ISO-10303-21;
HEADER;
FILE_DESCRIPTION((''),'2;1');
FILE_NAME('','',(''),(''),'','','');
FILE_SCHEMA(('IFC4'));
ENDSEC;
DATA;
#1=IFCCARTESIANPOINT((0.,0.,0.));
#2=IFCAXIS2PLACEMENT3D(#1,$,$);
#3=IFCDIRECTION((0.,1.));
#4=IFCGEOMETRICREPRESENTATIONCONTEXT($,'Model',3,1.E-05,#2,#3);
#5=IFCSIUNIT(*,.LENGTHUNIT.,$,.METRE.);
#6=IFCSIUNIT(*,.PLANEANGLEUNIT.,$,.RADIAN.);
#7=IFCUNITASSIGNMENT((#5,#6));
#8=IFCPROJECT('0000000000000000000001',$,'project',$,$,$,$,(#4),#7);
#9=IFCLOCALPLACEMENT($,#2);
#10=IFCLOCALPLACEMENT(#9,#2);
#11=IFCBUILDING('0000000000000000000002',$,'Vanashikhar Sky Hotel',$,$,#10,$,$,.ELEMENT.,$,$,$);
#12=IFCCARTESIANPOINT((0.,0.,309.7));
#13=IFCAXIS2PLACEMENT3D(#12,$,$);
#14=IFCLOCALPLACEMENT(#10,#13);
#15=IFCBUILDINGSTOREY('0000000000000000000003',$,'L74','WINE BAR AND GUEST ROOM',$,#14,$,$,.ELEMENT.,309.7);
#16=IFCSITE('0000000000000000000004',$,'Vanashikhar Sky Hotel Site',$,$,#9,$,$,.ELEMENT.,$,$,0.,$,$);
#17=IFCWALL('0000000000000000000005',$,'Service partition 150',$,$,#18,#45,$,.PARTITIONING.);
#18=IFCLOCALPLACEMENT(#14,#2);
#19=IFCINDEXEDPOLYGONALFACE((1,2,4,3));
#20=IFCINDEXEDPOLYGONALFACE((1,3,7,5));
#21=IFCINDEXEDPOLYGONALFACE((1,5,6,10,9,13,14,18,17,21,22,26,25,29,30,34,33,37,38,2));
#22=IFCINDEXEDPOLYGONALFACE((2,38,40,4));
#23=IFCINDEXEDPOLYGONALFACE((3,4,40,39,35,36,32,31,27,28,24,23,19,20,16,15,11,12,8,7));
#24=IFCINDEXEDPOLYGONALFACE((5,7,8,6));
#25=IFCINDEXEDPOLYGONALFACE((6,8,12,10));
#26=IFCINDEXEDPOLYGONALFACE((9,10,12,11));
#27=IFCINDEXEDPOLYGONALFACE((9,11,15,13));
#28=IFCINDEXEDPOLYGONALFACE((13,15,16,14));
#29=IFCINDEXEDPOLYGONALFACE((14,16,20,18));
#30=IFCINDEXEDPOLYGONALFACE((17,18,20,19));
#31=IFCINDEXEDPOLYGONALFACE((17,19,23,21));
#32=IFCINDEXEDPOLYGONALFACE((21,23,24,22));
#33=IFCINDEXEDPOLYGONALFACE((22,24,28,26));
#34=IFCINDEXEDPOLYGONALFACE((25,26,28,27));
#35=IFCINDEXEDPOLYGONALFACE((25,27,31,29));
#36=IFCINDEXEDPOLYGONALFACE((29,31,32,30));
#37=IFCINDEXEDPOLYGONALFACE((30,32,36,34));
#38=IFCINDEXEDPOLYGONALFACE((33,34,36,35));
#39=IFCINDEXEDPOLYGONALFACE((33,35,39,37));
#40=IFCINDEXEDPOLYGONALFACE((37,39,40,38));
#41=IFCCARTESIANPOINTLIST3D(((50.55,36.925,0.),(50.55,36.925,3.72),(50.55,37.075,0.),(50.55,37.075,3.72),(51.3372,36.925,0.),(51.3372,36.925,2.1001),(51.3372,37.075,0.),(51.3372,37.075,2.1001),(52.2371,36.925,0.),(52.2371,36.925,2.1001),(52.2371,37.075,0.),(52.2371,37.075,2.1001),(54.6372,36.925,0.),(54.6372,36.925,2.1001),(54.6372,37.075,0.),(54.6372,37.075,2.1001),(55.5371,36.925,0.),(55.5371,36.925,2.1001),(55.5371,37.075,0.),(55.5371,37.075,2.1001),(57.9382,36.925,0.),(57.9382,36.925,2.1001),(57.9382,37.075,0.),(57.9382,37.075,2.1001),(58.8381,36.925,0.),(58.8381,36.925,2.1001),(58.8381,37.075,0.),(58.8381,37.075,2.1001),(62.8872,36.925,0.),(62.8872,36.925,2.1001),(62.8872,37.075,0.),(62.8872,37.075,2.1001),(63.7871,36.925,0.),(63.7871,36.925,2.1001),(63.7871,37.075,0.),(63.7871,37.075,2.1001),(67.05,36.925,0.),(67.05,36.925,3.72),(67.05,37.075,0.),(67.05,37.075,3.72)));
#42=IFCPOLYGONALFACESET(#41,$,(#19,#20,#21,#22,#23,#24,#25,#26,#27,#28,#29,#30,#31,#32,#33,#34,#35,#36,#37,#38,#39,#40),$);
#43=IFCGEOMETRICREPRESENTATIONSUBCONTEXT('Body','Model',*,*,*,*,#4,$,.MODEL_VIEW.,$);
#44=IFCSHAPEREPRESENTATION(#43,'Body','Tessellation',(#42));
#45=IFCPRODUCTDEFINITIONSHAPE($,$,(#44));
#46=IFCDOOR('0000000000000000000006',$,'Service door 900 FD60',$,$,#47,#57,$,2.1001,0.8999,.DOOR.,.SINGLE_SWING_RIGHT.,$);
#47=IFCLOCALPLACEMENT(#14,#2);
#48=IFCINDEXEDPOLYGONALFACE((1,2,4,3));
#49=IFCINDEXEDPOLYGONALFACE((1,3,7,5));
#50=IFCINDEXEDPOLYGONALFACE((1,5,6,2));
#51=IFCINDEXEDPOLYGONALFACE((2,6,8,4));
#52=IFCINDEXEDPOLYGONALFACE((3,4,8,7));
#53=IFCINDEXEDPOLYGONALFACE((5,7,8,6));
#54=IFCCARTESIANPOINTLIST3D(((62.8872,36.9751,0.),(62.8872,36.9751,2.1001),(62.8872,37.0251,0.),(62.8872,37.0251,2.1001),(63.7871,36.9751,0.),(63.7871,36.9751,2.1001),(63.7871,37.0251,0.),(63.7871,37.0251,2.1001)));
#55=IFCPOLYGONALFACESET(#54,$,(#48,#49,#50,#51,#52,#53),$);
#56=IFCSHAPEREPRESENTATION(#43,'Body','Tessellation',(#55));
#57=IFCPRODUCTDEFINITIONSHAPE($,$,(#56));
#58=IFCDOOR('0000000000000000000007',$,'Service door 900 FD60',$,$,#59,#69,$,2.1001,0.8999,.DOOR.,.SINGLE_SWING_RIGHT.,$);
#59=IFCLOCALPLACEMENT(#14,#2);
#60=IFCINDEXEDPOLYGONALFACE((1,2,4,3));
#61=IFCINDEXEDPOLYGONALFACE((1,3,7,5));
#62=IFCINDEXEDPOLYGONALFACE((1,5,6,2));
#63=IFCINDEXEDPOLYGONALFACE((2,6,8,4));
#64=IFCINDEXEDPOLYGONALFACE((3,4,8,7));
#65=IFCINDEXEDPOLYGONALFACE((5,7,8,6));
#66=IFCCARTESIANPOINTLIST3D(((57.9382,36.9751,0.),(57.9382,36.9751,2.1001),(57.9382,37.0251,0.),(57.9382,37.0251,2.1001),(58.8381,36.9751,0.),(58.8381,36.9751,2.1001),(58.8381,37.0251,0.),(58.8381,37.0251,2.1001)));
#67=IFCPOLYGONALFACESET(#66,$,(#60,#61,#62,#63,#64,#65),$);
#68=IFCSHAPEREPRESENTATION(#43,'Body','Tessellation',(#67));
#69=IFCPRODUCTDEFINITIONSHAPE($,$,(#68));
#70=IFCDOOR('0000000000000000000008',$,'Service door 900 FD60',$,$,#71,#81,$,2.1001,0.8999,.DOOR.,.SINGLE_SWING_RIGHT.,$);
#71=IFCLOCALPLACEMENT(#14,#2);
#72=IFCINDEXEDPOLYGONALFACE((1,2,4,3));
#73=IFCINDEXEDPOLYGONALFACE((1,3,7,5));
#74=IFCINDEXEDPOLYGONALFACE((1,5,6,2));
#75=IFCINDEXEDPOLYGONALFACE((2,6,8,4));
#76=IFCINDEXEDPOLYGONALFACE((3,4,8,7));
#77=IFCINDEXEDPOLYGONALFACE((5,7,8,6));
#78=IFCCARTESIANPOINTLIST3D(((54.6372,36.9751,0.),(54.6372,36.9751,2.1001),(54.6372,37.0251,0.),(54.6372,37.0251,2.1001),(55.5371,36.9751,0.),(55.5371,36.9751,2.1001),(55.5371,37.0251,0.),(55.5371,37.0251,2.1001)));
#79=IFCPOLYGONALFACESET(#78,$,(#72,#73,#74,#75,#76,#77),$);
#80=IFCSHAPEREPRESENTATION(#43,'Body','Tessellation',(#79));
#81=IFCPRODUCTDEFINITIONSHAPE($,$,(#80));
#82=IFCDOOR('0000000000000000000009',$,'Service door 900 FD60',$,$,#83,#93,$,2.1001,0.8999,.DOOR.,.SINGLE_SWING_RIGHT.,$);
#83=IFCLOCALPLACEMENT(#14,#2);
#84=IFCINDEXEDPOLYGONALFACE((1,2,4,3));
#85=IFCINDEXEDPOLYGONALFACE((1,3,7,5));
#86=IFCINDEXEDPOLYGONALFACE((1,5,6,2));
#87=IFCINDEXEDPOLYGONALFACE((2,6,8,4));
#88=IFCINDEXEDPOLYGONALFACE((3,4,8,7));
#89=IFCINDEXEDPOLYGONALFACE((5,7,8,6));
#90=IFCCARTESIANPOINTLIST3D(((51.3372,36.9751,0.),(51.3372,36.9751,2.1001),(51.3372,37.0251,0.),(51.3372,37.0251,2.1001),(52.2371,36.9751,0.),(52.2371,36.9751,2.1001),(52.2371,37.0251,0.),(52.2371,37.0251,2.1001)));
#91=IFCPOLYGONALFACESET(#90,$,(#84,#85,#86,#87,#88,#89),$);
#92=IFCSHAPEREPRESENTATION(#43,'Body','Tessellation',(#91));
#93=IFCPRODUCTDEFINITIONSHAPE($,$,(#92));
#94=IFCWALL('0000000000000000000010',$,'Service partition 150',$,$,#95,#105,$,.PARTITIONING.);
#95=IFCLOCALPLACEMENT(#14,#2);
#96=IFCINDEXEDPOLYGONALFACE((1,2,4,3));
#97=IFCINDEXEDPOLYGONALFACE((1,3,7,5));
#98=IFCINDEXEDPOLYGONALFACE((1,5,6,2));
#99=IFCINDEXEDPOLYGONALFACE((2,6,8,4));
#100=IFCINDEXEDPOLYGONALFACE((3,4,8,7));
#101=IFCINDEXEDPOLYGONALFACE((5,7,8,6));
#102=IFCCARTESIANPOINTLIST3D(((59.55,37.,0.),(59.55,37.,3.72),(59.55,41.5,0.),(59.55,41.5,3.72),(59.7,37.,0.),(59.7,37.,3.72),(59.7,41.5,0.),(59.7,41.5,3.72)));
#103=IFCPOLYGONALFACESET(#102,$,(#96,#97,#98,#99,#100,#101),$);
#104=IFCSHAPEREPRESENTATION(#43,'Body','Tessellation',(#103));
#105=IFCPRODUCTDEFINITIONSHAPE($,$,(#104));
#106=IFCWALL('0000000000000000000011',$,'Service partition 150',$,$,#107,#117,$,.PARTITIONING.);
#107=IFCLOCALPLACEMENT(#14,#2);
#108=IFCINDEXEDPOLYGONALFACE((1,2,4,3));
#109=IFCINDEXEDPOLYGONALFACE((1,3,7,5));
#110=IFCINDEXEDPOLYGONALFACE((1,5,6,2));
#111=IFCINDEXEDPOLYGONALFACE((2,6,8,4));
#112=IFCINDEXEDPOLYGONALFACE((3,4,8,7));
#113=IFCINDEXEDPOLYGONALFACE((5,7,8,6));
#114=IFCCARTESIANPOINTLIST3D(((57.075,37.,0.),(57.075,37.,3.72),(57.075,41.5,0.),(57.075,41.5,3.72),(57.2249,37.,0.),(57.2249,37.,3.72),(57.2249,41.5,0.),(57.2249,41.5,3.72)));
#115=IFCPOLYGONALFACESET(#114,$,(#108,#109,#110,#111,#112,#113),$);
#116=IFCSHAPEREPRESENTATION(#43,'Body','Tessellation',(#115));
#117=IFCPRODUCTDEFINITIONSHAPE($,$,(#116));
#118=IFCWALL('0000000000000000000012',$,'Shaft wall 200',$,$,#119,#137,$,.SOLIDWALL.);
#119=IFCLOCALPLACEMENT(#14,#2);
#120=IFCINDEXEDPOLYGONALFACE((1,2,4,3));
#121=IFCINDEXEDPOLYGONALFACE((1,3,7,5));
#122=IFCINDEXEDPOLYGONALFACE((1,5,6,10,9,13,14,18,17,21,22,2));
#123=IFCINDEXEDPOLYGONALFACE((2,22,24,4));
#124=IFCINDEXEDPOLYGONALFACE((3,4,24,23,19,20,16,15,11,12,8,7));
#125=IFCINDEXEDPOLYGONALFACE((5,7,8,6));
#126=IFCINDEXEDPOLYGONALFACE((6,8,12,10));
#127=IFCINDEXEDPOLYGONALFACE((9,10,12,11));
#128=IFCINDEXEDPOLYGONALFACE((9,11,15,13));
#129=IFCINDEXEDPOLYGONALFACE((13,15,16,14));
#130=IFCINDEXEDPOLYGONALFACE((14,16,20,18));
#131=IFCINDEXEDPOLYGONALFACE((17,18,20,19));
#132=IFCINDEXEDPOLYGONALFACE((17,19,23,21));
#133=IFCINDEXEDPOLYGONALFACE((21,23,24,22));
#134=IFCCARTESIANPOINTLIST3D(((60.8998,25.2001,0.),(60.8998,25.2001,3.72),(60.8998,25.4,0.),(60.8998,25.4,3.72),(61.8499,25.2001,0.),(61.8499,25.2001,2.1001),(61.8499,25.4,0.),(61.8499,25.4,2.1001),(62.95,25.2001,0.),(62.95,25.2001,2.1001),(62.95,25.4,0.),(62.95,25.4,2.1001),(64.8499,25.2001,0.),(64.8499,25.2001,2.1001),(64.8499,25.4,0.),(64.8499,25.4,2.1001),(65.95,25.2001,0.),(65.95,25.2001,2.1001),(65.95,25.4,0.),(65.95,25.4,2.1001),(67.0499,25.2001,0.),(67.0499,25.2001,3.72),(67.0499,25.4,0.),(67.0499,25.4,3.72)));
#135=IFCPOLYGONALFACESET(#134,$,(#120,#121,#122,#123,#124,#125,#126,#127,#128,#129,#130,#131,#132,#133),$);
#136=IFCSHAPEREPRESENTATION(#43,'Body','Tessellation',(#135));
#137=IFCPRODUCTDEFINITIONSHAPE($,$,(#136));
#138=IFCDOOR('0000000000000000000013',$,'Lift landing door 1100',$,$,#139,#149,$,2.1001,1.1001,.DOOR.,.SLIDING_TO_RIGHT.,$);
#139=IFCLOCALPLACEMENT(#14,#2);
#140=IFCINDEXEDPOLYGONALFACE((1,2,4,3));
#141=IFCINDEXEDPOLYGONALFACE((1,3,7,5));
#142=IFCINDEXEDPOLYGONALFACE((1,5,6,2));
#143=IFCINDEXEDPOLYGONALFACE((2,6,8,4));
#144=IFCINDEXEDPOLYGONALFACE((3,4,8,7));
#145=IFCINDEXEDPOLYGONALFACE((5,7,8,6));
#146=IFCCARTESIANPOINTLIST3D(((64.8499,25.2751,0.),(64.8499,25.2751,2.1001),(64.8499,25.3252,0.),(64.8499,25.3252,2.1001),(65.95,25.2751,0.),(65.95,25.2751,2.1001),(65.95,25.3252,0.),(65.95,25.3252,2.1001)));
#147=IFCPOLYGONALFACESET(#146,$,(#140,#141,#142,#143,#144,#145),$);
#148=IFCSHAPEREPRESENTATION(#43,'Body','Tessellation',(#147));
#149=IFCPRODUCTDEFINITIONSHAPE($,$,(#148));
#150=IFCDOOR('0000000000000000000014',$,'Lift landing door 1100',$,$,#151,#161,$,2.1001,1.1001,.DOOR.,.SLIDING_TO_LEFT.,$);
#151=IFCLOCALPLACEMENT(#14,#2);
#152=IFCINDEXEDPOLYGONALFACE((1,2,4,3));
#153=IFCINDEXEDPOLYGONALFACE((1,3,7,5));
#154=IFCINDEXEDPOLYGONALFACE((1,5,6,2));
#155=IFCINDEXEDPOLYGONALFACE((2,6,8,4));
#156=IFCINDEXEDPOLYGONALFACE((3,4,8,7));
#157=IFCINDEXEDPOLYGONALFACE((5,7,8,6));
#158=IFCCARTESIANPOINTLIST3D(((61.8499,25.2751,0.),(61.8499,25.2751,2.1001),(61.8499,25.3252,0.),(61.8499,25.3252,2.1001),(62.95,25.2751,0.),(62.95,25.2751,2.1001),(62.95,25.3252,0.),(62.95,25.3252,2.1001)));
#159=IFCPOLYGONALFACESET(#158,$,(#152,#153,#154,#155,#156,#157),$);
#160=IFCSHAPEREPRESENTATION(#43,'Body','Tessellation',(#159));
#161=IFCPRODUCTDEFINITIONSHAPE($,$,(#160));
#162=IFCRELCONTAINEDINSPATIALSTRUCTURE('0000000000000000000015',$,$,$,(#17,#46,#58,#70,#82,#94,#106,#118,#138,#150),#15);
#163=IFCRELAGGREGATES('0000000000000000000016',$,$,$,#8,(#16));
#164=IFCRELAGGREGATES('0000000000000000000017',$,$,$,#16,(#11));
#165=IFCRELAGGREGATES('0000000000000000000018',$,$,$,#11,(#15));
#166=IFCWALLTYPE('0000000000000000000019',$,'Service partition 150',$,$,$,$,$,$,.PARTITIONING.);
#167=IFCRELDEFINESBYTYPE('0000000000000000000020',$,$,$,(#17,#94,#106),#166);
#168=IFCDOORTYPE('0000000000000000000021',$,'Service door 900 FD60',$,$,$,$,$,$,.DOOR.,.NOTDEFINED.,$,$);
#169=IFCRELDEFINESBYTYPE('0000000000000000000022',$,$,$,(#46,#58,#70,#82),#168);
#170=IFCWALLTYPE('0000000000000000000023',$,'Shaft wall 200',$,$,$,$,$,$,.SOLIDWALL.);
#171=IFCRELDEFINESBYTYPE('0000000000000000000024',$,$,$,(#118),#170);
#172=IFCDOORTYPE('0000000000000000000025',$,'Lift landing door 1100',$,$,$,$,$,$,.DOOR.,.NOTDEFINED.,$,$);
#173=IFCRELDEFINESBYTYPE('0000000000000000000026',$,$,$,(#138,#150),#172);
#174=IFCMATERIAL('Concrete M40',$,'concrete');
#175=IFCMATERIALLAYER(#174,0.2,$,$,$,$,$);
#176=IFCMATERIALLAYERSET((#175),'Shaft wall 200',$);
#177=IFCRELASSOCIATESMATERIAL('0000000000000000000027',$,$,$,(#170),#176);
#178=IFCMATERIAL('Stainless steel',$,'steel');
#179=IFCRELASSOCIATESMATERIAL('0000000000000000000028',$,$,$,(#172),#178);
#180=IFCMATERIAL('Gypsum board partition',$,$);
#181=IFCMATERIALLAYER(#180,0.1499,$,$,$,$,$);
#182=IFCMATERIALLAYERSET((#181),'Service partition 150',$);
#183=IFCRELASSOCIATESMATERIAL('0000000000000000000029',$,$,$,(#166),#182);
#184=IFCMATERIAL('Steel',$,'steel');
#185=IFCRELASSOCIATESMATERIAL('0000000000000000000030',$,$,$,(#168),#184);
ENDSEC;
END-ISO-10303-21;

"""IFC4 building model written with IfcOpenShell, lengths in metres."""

from ifc_helpers import new_model, si_unit, direction, frame, frame_2d, origin, place, context, subcontext, project, spatial, rectangle, extrude, source, transform, mapped, material, layer, layer_set, type_object, element, fill, save


model = new_model("IFC4")

# Units and contexts
model_context = context("Model", 3, precision=1e-05, world=origin(), true_north=direction((0.0, 1.0)))
body_context = subcontext(model_context, "Body", "Model", "MODEL_VIEW")
ifc_project = project(units=[si_unit("LENGTHUNIT", "METRE"), si_unit("PLANEANGLEUNIT", "RADIAN")], contexts=[model_context])

# Site, building, storey
site_placement = place(None, origin())
site = spatial("IfcSite", under=ifc_project, at=site_placement, Name="Vanashikhar Sky Hotel Site", CompositionType="ELEMENT", RefElevation=0.0)
building_placement = place(site_placement, origin())
building = spatial("IfcBuilding", under=site, at=building_placement, Name="Vanashikhar Sky Hotel", CompositionType="ELEMENT")
storey_placement = place(building_placement, frame((0.0, 0.0, 309.7)))
storey = spatial("IfcBuildingStorey", under=building, at=storey_placement, Name="L74", Description="WINE BAR AND GUEST ROOM", CompositionType="ELEMENT", Elevation=309.7)

# Shared definitions
ifc_material_1 = material(Name="Concrete M40", Category="concrete")
ifc_layer_1 = layer(ifc_material_1, 0.2)
ifc_layer_set_1 = layer_set([ifc_layer_1], Name="Shaft wall 200")
wall_type_1 = type_object("IfcWallType", Name="Shaft wall 200", PredefinedType="SOLIDWALL", material=ifc_layer_set_1)
shared_shape_1 = source(origin(), body_context, "Body", "SweptSolid", [
    extrude(rectangle(XDim=1.1001, YDim=2.1001, at=frame_2d((0.55, 1.05))), frame((0.0, 0.1099, 0.0), z_axis=(0.0, -1.0, 0.0), x_axis=(1.0, 0.0, 0.0)), (0.0, 0.0, 1.0), 0.22),
])
ifc_material_2 = material(Name="Stainless steel", Category="steel")
door_type_1 = type_object("IfcDoorType", Name="Lift landing door 1100", OperationType="NOTDEFINED", PredefinedType="DOOR", material=ifc_material_2)
shared_shape_2 = source(origin(), body_context, "Body", "SweptSolid", [
    extrude(rectangle(XDim=1.1001, YDim=2.1001, at=frame_2d((0.55, 1.05))), frame((0.0, 0.0249, 0.0), z_axis=(0.0, -1.0, 0.0), x_axis=(1.0, 0.0, 0.0)), (0.0, 0.0, 1.0), 0.05),
])

# Shared definitions
ifc_material_3 = material(Name="Gypsum board partition")
ifc_layer_2 = layer(ifc_material_3, 0.1499)
ifc_layer_set_2 = layer_set([ifc_layer_2], Name="Service partition 150")
wall_type_2 = type_object("IfcWallType", Name="Service partition 150", PredefinedType="PARTITIONING", material=ifc_layer_set_2)
shared_shape_3 = source(origin(), body_context, "Body", "SweptSolid", [
    extrude(rectangle(XDim=0.8999, YDim=2.1001, at=frame_2d((0.45, 1.05))), frame((0.0, 0.085, 0.0), z_axis=(0.0, -1.0, 0.0), x_axis=(1.0, 0.0, 0.0)), (0.0, 0.0, 1.0), 0.1699),
])
ifc_material_4 = material(Name="Steel", Category="steel")
door_type_2 = type_object("IfcDoorType", Name="Service door 900 FD60", OperationType="NOTDEFINED", PredefinedType="DOOR", material=ifc_material_4)
shared_shape_4 = source(origin(), body_context, "Body", "SweptSolid", [
    extrude(rectangle(XDim=0.8999, YDim=2.1001, at=frame_2d((0.45, 1.05))), frame((0.0, 0.0249, 0.0), z_axis=(0.0, -1.0, 0.0), x_axis=(1.0, 0.0, 0.0)), (0.0, 0.0, 1.0), 0.05),
])

# Wall, openings, doors
shared_shape_5 = source(origin(), body_context, "Body", "SweptSolid", [
    extrude(rectangle(XDim=16.5, YDim=0.1499, at=frame_2d((8.25, 0.0))), origin(), (0.0, 0.0, 1.0), 3.72),
])
wall_1_placement = place(storey_placement, frame((67.05, 37.0, 0.0), z_axis=(0.0, 0.0, 1.0), x_axis=(-1.0, 0.0, 0.0)))
wall_1 = element("IfcWall", 1, at=wall_1_placement, inside=storey, type_object=wall_type_2, Name="Service partition 150", PredefinedType="PARTITIONING", context=body_context, shape_type="MappedRepresentation", body=[
    mapped(shared_shape_5, transform((0.0, 0.0, 0.0), scale=1.0)),
])
opening_1_placement = place(wall_1_placement, frame((3.2629, 0.0, 0.0)))
opening_1 = element("IfcOpeningElement", 2, at=opening_1_placement, cuts=wall_1, PredefinedType="OPENING", context=body_context, shape_type="MappedRepresentation", body=[
    mapped(shared_shape_3, transform((0.0, 0.0, 0.0), scale=1.0)),
])
opening_2_placement = place(wall_1_placement, frame((8.2119, 0.0, 0.0)))
opening_2 = element("IfcOpeningElement", 3, at=opening_2_placement, cuts=wall_1, PredefinedType="OPENING", context=body_context, shape_type="MappedRepresentation", body=[
    mapped(shared_shape_3, transform((0.0, 0.0, 0.0), scale=1.0)),
])
opening_3_placement = place(wall_1_placement, frame((11.5129, 0.0, 0.0)))
opening_3 = element("IfcOpeningElement", 4, at=opening_3_placement, cuts=wall_1, PredefinedType="OPENING", context=body_context, shape_type="MappedRepresentation", body=[
    mapped(shared_shape_3, transform((0.0, 0.0, 0.0), scale=1.0)),
])
opening_4_placement = place(wall_1_placement, frame((14.813, 0.0, 0.0)))
opening_4 = element("IfcOpeningElement", 5, at=opening_4_placement, cuts=wall_1, PredefinedType="OPENING", context=body_context, shape_type="MappedRepresentation", body=[
    mapped(shared_shape_3, transform((0.0, 0.0, 0.0), scale=1.0)),
])
door_1_placement = place(opening_1_placement, origin())
door_1 = element("IfcDoor", 6, at=door_1_placement, inside=storey, type_object=door_type_2, Name="Service door 900 FD60", OperationType="SINGLE_SWING_RIGHT", OverallHeight=2.1001, OverallWidth=0.8999, PredefinedType="DOOR", context=body_context, shape_type="MappedRepresentation", body=[
    mapped(shared_shape_4, transform((0.0, 0.0, 0.0), scale=1.0)),
])
fill(opening_1, door_1)
door_2_placement = place(opening_2_placement, origin())
door_2 = element("IfcDoor", 7, at=door_2_placement, inside=storey, type_object=door_type_2, Name="Service door 900 FD60", OperationType="SINGLE_SWING_RIGHT", OverallHeight=2.1001, OverallWidth=0.8999, PredefinedType="DOOR", context=body_context, shape_type="MappedRepresentation", body=[
    mapped(shared_shape_4, transform((0.0, 0.0, 0.0), scale=1.0)),
])
fill(opening_2, door_2)
door_3_placement = place(opening_3_placement, origin())
door_3 = element("IfcDoor", 8, at=door_3_placement, inside=storey, type_object=door_type_2, Name="Service door 900 FD60", OperationType="SINGLE_SWING_RIGHT", OverallHeight=2.1001, OverallWidth=0.8999, PredefinedType="DOOR", context=body_context, shape_type="MappedRepresentation", body=[
    mapped(shared_shape_4, transform((0.0, 0.0, 0.0), scale=1.0)),
])
fill(opening_3, door_3)
door_4_placement = place(opening_4_placement, origin())
door_4 = element("IfcDoor", 9, at=door_4_placement, inside=storey, type_object=door_type_2, Name="Service door 900 FD60", OperationType="SINGLE_SWING_RIGHT", OverallHeight=2.1001, OverallWidth=0.8999, PredefinedType="DOOR", context=body_context, shape_type="MappedRepresentation", body=[
    mapped(shared_shape_4, transform((0.0, 0.0, 0.0), scale=1.0)),
])
fill(opening_4, door_4)

# Walls
shared_shape_6 = source(origin(), body_context, "Body", "SweptSolid", [
    extrude(rectangle(XDim=4.5, YDim=0.1499, at=frame_2d((2.25, 0.0))), origin(), (0.0, 0.0, 1.0), 3.72),
])
for number, where, z_axis, x_axis, name in (
    (10, (59.625, 37.0, 0.0), (0.0, 0.0, 1.0), (0.0, 1.0, 0.0), "Service partition 150"),
    (11, (57.1499, 37.0, 0.0), (0.0, 0.0, 1.0), (0.0, 1.0, 0.0), "Service partition 150"),
):
    element("IfcWall", number, at=place(storey_placement, frame(where, z_axis=z_axis, x_axis=x_axis)), inside=storey, type_object=wall_type_2, Name=name, PredefinedType="PARTITIONING", context=body_context, shape_type="MappedRepresentation", body=[
        mapped(shared_shape_6, transform((0.0, 0.0, 0.0), scale=1.0)),
    ])

# Wall, openings, doors
shared_shape_7 = source(origin(), body_context, "Body", "SweptSolid", [
    extrude(rectangle(XDim=6.1501, YDim=0.2, at=frame_2d((3.0752, 0.0))), origin(), (0.0, 0.0, 1.0), 3.72),
])
wall_2_placement = place(storey_placement, frame((67.05, 25.3, 0.0), z_axis=(0.0, 0.0, 1.0), x_axis=(-1.0, 0.0, 0.0)))
wall_2 = element("IfcWall", 12, at=wall_2_placement, inside=storey, type_object=wall_type_1, Name="Shaft wall 200", PredefinedType="SOLIDWALL", context=body_context, shape_type="MappedRepresentation", body=[
    mapped(shared_shape_7, transform((0.0, 0.0, 0.0), scale=1.0)),
])
opening_5_placement = place(wall_2_placement, frame((1.1001, 0.0, 0.0)))
opening_5 = element("IfcOpeningElement", 13, at=opening_5_placement, cuts=wall_2, PredefinedType="OPENING", context=body_context, shape_type="MappedRepresentation", body=[
    mapped(shared_shape_1, transform((0.0, 0.0, 0.0), scale=1.0)),
])
opening_6_placement = place(wall_2_placement, frame((4.1001, 0.0, 0.0)))
opening_6 = element("IfcOpeningElement", 14, at=opening_6_placement, cuts=wall_2, PredefinedType="OPENING", context=body_context, shape_type="MappedRepresentation", body=[
    mapped(shared_shape_1, transform((0.0, 0.0, 0.0), scale=1.0)),
])
door_5_placement = place(opening_5_placement, origin())
door_5 = element("IfcDoor", 15, at=door_5_placement, inside=storey, type_object=door_type_1, Name="Lift landing door 1100", OperationType="SLIDING_TO_RIGHT", OverallHeight=2.1001, OverallWidth=1.1001, PredefinedType="DOOR", context=body_context, shape_type="MappedRepresentation", body=[
    mapped(shared_shape_2, transform((0.0, 0.0, 0.0), scale=1.0)),
])
fill(opening_5, door_5)
door_6_placement = place(opening_6_placement, origin())
door_6 = element("IfcDoor", 16, at=door_6_placement, inside=storey, type_object=door_type_1, Name="Lift landing door 1100", OperationType="SLIDING_TO_LEFT", OverallHeight=2.1001, OverallWidth=1.1001, PredefinedType="DOOR", context=body_context, shape_type="MappedRepresentation", body=[
    mapped(shared_shape_2, transform((0.0, 0.0, 0.0), scale=1.0)),
])
fill(opening_6, door_6)

save(model, "model.ifc")
